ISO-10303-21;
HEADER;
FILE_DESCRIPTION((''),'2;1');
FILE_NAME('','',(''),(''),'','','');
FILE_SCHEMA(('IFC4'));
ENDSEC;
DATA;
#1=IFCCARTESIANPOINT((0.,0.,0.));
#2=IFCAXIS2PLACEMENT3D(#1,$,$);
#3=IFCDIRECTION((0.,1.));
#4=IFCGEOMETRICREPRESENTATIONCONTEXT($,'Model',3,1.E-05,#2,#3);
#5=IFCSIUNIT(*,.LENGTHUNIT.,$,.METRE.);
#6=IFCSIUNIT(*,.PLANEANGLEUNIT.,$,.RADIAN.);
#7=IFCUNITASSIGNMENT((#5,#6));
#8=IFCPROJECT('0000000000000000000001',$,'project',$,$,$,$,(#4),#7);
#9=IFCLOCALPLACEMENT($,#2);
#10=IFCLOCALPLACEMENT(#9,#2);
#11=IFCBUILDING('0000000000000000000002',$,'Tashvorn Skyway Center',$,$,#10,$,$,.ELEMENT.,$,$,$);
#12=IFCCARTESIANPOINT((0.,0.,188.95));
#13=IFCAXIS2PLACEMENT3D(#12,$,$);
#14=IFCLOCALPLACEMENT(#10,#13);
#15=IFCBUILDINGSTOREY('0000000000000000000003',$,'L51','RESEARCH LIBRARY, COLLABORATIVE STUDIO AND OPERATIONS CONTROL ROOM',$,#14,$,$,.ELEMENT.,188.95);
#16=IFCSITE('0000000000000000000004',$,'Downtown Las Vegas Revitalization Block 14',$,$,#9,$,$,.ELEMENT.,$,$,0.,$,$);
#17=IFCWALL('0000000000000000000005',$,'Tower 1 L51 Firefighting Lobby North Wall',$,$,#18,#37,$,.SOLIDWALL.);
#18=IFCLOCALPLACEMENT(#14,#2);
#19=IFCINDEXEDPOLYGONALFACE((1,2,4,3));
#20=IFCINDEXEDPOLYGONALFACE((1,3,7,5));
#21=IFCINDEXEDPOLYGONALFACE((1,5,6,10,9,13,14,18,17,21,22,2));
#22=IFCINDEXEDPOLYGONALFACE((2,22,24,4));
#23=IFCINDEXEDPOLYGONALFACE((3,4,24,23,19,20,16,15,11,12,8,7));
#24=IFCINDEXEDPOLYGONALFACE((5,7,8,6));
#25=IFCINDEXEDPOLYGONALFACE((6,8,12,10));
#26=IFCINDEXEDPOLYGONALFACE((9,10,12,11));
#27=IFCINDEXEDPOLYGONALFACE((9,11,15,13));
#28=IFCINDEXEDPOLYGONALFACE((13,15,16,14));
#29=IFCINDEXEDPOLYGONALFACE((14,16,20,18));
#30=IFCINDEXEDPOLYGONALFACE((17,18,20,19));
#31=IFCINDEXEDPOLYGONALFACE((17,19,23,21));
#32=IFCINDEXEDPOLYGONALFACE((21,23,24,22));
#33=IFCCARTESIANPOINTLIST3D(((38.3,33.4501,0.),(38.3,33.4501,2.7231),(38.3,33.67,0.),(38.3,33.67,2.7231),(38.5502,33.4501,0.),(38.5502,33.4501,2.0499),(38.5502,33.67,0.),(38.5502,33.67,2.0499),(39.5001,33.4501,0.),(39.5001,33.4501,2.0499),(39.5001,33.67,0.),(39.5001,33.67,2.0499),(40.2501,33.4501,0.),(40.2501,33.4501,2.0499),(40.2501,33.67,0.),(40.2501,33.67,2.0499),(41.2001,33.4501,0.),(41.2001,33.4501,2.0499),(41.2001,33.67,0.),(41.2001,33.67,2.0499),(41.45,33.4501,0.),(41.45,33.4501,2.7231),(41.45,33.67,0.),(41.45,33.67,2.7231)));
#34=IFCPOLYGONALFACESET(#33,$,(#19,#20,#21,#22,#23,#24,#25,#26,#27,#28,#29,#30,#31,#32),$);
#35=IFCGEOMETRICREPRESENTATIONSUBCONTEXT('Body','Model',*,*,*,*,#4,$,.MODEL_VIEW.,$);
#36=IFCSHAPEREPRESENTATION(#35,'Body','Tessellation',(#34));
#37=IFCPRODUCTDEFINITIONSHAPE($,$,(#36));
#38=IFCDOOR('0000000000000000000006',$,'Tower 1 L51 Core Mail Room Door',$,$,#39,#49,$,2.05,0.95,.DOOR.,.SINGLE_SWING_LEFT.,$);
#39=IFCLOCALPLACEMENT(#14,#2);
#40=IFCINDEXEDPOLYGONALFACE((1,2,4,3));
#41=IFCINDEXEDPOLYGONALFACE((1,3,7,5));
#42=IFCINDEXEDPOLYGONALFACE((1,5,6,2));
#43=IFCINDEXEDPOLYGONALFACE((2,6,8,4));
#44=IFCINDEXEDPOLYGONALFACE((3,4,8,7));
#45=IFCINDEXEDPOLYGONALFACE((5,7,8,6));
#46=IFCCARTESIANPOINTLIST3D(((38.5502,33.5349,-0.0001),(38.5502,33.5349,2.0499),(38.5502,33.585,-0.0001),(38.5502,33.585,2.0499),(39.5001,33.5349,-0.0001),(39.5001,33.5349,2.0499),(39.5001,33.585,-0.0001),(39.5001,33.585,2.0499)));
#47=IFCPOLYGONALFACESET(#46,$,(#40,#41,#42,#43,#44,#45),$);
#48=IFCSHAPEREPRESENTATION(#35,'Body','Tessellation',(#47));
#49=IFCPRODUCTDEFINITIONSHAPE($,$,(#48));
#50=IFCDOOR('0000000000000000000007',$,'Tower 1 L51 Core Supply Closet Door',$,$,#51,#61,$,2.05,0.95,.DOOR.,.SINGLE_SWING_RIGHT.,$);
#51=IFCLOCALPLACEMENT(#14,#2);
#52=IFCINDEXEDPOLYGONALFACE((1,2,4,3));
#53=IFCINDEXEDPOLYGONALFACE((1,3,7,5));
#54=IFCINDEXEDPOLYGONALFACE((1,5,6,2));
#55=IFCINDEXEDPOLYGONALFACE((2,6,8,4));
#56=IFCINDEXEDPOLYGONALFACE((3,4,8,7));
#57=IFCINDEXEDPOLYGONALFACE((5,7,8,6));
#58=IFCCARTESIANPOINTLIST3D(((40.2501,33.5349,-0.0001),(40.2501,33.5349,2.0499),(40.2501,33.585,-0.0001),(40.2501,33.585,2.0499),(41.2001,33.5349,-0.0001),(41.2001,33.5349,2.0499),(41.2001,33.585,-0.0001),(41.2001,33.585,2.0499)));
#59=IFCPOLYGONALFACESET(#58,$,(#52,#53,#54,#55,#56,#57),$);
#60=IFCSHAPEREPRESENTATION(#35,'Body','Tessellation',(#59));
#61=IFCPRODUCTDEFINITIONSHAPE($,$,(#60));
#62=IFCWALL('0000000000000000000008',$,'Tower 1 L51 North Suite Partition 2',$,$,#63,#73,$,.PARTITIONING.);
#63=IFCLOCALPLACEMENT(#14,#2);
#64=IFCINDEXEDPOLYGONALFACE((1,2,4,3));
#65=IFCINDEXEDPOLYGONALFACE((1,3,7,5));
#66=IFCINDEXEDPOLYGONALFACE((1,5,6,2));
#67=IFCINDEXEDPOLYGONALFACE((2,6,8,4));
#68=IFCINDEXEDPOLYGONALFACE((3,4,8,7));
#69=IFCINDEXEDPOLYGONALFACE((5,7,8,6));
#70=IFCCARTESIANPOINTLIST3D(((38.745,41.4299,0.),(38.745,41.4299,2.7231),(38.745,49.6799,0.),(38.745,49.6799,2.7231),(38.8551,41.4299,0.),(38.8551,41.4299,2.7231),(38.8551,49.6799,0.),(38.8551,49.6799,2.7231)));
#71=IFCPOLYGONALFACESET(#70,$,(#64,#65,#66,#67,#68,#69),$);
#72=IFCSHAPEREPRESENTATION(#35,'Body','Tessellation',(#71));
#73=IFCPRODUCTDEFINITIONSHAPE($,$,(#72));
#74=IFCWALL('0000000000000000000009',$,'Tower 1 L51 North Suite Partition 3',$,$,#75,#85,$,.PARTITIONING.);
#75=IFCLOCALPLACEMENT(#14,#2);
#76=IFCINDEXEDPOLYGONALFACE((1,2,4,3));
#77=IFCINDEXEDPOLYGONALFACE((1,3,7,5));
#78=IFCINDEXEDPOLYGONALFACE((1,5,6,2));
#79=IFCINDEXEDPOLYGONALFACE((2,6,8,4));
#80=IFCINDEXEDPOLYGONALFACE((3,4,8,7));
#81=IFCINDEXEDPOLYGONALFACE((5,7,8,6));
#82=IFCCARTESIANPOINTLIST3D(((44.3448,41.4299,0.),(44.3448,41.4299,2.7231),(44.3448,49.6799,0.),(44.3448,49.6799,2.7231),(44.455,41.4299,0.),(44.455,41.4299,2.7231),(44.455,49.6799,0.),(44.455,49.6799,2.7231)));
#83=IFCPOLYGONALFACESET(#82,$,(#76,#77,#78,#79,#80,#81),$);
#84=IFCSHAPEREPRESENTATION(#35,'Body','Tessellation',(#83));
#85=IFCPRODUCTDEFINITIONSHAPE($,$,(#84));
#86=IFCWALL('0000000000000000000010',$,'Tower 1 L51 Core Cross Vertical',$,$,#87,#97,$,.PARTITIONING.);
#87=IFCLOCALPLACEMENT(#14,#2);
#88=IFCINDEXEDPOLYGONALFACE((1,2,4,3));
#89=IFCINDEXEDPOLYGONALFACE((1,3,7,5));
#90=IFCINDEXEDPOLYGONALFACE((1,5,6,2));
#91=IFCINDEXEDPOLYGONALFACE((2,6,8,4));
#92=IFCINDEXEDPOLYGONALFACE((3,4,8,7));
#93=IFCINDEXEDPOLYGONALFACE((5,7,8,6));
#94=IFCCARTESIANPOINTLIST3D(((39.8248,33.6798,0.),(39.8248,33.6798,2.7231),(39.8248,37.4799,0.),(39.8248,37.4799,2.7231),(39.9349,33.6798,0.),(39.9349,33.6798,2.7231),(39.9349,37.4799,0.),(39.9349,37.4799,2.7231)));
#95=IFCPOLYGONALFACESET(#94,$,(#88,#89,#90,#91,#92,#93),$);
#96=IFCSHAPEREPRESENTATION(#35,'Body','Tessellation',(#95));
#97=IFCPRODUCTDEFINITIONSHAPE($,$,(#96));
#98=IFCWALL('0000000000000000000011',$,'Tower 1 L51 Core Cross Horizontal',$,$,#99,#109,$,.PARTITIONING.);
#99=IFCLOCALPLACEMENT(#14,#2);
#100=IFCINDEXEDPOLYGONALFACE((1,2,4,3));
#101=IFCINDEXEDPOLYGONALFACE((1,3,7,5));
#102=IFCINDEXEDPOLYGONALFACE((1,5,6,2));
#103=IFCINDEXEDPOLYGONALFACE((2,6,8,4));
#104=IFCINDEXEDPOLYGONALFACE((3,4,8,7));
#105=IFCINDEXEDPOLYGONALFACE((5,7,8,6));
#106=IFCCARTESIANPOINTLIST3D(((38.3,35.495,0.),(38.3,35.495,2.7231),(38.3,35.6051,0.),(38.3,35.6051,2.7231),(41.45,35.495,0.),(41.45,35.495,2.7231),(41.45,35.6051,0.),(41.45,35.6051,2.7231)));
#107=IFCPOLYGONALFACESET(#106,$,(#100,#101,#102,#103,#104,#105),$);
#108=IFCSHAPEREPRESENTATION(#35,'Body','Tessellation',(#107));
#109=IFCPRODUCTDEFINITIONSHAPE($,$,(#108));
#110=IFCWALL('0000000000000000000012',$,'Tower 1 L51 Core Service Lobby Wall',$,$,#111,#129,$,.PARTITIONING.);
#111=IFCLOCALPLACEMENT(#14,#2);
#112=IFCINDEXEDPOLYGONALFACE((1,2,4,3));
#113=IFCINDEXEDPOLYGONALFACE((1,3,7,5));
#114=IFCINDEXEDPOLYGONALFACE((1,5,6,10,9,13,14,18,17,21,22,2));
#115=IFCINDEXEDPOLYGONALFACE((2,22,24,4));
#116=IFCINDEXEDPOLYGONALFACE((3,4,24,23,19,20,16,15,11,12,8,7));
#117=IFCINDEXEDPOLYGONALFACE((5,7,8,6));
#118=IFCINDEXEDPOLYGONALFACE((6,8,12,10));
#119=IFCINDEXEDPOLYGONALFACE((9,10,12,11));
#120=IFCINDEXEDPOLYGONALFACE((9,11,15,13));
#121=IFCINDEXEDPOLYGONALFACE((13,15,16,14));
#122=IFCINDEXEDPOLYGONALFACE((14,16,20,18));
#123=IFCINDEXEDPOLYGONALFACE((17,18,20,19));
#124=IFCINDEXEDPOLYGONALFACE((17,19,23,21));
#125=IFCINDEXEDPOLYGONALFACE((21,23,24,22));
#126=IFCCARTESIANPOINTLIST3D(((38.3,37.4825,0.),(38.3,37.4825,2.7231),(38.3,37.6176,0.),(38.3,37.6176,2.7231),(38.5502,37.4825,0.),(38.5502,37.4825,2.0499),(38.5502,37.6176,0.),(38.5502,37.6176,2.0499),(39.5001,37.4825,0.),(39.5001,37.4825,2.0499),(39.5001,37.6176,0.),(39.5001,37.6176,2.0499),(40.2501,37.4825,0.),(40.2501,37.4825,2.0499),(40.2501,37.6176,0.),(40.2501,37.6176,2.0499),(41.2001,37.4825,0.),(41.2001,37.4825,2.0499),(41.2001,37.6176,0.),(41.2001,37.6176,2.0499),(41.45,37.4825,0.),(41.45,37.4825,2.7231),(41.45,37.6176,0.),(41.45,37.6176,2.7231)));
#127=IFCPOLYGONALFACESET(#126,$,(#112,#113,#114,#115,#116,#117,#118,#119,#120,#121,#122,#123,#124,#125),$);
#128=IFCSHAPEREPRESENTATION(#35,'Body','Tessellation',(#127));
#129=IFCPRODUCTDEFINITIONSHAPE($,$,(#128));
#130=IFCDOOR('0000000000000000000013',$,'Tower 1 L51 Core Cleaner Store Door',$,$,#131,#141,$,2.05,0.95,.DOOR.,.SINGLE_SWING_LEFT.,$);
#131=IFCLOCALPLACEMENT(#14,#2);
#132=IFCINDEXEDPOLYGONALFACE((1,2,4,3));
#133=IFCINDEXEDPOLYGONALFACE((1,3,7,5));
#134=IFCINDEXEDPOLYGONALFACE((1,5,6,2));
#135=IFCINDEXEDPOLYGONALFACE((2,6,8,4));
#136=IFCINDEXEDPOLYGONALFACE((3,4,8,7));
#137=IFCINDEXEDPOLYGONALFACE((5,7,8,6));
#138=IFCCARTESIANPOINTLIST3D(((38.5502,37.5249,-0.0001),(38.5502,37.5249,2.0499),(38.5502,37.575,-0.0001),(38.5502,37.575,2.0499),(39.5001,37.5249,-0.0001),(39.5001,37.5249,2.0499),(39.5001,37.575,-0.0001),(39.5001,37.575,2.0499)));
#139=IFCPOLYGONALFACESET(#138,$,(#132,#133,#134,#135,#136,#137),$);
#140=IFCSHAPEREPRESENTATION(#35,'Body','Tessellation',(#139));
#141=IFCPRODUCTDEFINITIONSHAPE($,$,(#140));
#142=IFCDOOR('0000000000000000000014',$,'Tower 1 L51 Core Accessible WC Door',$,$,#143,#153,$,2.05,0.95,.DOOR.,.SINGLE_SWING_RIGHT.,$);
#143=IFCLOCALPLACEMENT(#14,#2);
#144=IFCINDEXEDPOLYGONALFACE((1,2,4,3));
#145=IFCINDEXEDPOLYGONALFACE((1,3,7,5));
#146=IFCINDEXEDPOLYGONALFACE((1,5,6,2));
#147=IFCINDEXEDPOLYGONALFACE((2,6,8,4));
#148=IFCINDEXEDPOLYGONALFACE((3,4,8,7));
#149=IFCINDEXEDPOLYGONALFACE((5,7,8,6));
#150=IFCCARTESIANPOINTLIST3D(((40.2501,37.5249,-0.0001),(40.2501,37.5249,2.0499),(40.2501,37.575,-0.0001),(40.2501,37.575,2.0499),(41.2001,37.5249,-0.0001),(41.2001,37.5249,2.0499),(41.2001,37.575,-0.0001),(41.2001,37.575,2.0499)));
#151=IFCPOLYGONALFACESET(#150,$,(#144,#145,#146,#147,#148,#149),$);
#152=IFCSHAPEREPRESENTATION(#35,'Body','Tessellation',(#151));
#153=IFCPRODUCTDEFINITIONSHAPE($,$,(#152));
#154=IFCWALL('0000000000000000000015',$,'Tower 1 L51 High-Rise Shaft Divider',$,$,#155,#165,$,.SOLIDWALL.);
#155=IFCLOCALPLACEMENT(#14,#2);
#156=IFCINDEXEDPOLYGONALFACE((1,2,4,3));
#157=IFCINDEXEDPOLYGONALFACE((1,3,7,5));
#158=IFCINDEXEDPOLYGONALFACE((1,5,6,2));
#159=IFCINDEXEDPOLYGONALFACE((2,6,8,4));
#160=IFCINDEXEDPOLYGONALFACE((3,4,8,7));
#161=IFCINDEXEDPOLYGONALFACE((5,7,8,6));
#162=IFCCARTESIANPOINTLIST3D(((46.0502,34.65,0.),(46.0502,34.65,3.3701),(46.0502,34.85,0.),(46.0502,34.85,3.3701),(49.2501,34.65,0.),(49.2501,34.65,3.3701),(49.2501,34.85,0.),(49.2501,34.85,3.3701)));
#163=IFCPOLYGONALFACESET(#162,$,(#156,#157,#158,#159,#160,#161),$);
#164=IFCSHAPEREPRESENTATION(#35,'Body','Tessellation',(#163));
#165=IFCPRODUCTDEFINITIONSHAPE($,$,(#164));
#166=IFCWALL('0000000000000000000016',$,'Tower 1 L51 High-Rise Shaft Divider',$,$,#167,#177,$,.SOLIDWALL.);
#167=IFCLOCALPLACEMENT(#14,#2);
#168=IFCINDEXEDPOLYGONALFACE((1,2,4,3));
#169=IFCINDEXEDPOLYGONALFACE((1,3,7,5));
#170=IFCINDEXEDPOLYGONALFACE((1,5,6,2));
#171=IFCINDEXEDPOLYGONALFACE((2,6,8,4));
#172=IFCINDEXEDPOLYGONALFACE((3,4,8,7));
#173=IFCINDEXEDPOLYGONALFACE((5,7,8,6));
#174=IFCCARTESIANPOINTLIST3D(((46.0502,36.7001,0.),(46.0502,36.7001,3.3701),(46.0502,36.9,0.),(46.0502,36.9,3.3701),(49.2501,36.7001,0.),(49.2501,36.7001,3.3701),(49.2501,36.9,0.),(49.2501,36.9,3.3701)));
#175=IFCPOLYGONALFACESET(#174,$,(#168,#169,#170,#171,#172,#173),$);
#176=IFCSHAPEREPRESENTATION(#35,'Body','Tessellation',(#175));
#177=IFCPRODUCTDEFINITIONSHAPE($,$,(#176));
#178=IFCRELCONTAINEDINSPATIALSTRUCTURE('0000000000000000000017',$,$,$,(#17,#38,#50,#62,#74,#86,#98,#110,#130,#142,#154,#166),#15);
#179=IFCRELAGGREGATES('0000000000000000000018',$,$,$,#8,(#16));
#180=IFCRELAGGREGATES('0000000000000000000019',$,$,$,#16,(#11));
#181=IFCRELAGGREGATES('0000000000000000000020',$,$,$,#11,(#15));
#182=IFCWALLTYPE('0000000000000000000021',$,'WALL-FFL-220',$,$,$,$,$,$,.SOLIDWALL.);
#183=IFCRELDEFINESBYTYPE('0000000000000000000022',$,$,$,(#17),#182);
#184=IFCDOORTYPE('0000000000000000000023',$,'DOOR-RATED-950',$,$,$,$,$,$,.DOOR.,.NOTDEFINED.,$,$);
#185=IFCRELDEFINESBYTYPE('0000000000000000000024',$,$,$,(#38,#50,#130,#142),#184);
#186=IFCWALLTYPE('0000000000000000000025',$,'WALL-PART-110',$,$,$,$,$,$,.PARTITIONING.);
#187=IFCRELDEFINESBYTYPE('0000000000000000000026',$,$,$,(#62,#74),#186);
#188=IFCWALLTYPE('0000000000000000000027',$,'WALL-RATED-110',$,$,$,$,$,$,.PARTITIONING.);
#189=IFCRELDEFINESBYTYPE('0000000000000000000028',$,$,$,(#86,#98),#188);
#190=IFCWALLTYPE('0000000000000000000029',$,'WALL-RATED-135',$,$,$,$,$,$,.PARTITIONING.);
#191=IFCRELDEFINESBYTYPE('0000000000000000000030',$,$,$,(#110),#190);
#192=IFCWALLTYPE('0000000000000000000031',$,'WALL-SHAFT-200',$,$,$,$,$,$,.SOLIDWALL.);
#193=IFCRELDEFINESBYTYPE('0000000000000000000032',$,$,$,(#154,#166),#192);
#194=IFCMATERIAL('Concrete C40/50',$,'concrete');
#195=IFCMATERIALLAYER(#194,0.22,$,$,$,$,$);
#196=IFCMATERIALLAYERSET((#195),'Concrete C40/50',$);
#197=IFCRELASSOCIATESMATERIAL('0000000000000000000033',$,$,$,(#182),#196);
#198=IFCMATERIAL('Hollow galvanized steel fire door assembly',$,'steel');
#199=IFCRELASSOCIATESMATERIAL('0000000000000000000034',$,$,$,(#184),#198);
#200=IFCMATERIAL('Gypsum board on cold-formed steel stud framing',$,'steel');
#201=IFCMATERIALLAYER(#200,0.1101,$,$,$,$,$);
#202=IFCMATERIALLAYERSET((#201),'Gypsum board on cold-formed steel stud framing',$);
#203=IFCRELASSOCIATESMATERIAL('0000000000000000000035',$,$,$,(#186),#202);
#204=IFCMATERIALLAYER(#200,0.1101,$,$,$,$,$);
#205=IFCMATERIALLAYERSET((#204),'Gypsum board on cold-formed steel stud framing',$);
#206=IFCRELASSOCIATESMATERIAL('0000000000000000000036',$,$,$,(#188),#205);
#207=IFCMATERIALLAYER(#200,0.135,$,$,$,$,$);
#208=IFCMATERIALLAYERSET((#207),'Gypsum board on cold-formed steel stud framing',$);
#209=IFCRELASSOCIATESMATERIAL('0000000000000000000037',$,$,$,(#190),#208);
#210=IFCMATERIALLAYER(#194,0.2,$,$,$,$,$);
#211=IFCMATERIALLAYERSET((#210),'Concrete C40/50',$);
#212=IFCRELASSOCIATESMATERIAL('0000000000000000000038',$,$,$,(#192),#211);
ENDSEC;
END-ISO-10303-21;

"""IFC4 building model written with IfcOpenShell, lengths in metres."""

from ifc_helpers import new_model, si_unit, direction, frame, frame_2d, origin, place, context, subcontext, project, spatial, rectangle, extrude, material, layer, layer_set, type_object, element, fill, save


model = new_model("IFC4")

# Units and contexts
model_context = context("Model", 3, precision=1e-05, world=origin(), true_north=direction((0.0, 1.0)))
body_context = subcontext(model_context, "Body", "Model", "MODEL_VIEW")
ifc_project = project(units=[si_unit("LENGTHUNIT", "METRE"), si_unit("PLANEANGLEUNIT", "RADIAN")], contexts=[model_context])

# Site, building, storey
site_placement = place(None, origin())
site = spatial("IfcSite", under=ifc_project, at=site_placement, Name="Downtown Las Vegas Revitalization Block 14", CompositionType="ELEMENT", RefElevation=0.0)
building_placement = place(site_placement, origin())
building = spatial("IfcBuilding", under=site, at=building_placement, Name="Tashvorn Skyway Center", CompositionType="ELEMENT")
storey_placement = place(building_placement, frame((0.0, 0.0, 188.95)))
storey = spatial("IfcBuildingStorey", under=building, at=storey_placement, Name="L51", Description="RESEARCH LIBRARY, COLLABORATIVE STUDIO AND OPERATIONS CONTROL ROOM", CompositionType="ELEMENT", Elevation=188.95)

# Wall, openings, doors
ifc_material_1 = material(Name="Concrete C40/50", Category="concrete")
ifc_layer_1 = layer(ifc_material_1, 0.22)
ifc_layer_set_1 = layer_set([ifc_layer_1], Name="Concrete C40/50")
wall_type_1 = type_object("IfcWallType", Name="WALL-FFL-220", PredefinedType="SOLIDWALL", material=ifc_layer_set_1)
wall_1_placement = place(storey_placement, frame((38.3, 33.5601, 0.0), z_axis=(0.0, 0.0, 1.0), x_axis=(1.0, 0.0, 0.0)))
wall_1 = element("IfcWall", 1, at=wall_1_placement, inside=storey, type_object=wall_type_1, Name="Tower 1 L51 Firefighting Lobby North Wall", PredefinedType="SOLIDWALL", context=body_context, shape_type="SweptSolid", body=[
    extrude(rectangle(XDim=3.1499, YDim=0.22, at=frame_2d((1.575, 0.0))), origin(), (0.0, 0.0, 1.0), 2.7231),
])
opening_1_placement = place(wall_1_placement, frame((0.25, 0.0, 0.0)))
opening_1 = element("IfcOpeningElement", 2, at=opening_1_placement, cuts=wall_1, PredefinedType="OPENING", context=body_context, shape_type="SweptSolid", body=[
    extrude(rectangle(XDim=0.95, YDim=2.05, at=frame_2d((0.4751, 1.0249))), frame((0.0, 0.1199, 0.0), z_axis=(0.0, -1.0, 0.0), x_axis=(1.0, 0.0, 0.0)), (0.0, 0.0, 1.0), 0.24),
])
opening_2_placement = place(wall_1_placement, frame((1.95, 0.0, 0.0)))
opening_2 = element("IfcOpeningElement", 3, at=opening_2_placement, cuts=wall_1, PredefinedType="OPENING", context=body_context, shape_type="SweptSolid", body=[
    extrude(rectangle(XDim=0.95, YDim=2.05, at=frame_2d((0.4751, 1.0249))), frame((0.0, 0.1199, 0.0), z_axis=(0.0, -1.0, 0.0), x_axis=(1.0, 0.0, 0.0)), (0.0, 0.0, 1.0), 0.24),
])
ifc_material_2 = material(Name="Hollow galvanized steel fire door assembly", Category="steel")
door_type_1 = type_object("IfcDoorType", Name="DOOR-RATED-950", OperationType="NOTDEFINED", PredefinedType="DOOR", material=ifc_material_2)
door_1_placement = place(opening_1_placement, origin())
door_1 = element("IfcDoor", 4, at=door_1_placement, inside=storey, type_object=door_type_1, Name="Tower 1 L51 Core Mail Room Door", OperationType="SINGLE_SWING_LEFT", OverallHeight=2.05, OverallWidth=0.95, PredefinedType="DOOR", context=body_context, shape_type="SweptSolid", body=[
    extrude(rectangle(XDim=0.95, YDim=2.05, at=frame_2d((0.4751, 1.0249))), frame((0.0, 0.0249, 0.0), z_axis=(0.0, -1.0, 0.0), x_axis=(1.0, 0.0, 0.0)), (0.0, 0.0, 1.0), 0.05),
])
fill(opening_1, door_1)
door_2_placement = place(opening_2_placement, origin())
door_2 = element("IfcDoor", 5, at=door_2_placement, inside=storey, type_object=door_type_1, Name="Tower 1 L51 Core Supply Closet Door", OperationType="SINGLE_SWING_RIGHT", OverallHeight=2.05, OverallWidth=0.95, PredefinedType="DOOR", context=body_context, shape_type="SweptSolid", body=[
    extrude(rectangle(XDim=0.95, YDim=2.05, at=frame_2d((0.4751, 1.0249))), frame((0.0, 0.0249, 0.0), z_axis=(0.0, -1.0, 0.0), x_axis=(1.0, 0.0, 0.0)), (0.0, 0.0, 1.0), 0.05),
])
fill(opening_2, door_2)

# Walls
ifc_material_3 = material(Name="Gypsum board on cold-formed steel stud framing", Category="steel")
ifc_layer_2 = layer(ifc_material_3, 0.1101)
ifc_layer_set_2 = layer_set([ifc_layer_2], Name="Gypsum board on cold-formed steel stud framing")
wall_type_2 = type_object("IfcWallType", Name="WALL-PART-110", PredefinedType="PARTITIONING", material=ifc_layer_set_2)
for number, where, z_axis, x_axis, name in (
    (6, (38.8, 41.4299, 0.0), (0.0, 0.0, 1.0), (0.0, 1.0, 0.0), "Tower 1 L51 North Suite Partition 2"),
    (7, (44.3999, 41.4299, 0.0), (0.0, 0.0, 1.0), (0.0, 1.0, 0.0), "Tower 1 L51 North Suite Partition 3"),
):
    element("IfcWall", number, at=place(storey_placement, frame(where, z_axis=z_axis, x_axis=x_axis)), inside=storey, type_object=wall_type_2, Name=name, PredefinedType="PARTITIONING", context=body_context, shape_type="SweptSolid", body=[
        extrude(rectangle(XDim=8.25, YDim=0.1101, at=frame_2d((4.125, 0.0))), origin(), (0.0, 0.0, 1.0), 2.7231),
    ])
ifc_layer_3 = layer(ifc_material_3, 0.1101)
ifc_layer_set_3 = layer_set([ifc_layer_3], Name="Gypsum board on cold-formed steel stud framing")
wall_type_3 = type_object("IfcWallType", Name="WALL-RATED-110", PredefinedType="PARTITIONING", material=ifc_layer_set_3)
wall_2_placement = place(storey_placement, frame((39.8799, 33.6799, 0.0), z_axis=(0.0, 0.0, 1.0), x_axis=(0.0, 1.0, 0.0)))
element("IfcWall", 8, at=wall_2_placement, inside=storey, type_object=wall_type_3, Name="Tower 1 L51 Core Cross Vertical", PredefinedType="PARTITIONING", context=body_context, shape_type="SweptSolid", body=[
    extrude(rectangle(XDim=3.8, YDim=0.1101, at=frame_2d((1.8999, 0.0))), origin(), (0.0, 0.0, 1.0), 2.7231),
])
wall_3_placement = place(storey_placement, frame((38.3, 35.55, 0.0), z_axis=(0.0, 0.0, 1.0), x_axis=(1.0, 0.0, 0.0)))
element("IfcWall", 9, at=wall_3_placement, inside=storey, type_object=wall_type_3, Name="Tower 1 L51 Core Cross Horizontal", PredefinedType="PARTITIONING", context=body_context, shape_type="SweptSolid", body=[
    extrude(rectangle(XDim=3.1499, YDim=0.1101, at=frame_2d((1.575, 0.0))), origin(), (0.0, 0.0, 1.0), 2.7231),
])

# Wall, openings, doors
ifc_layer_4 = layer(ifc_material_3, 0.135)
ifc_layer_set_4 = layer_set([ifc_layer_4], Name="Gypsum board on cold-formed steel stud framing")
wall_type_4 = type_object("IfcWallType", Name="WALL-RATED-135", PredefinedType="PARTITIONING", material=ifc_layer_set_4)
wall_4_placement = place(storey_placement, frame((38.3, 37.55, 0.0), z_axis=(0.0, 0.0, 1.0), x_axis=(1.0, 0.0, 0.0)))
wall_4 = element("IfcWall", 10, at=wall_4_placement, inside=storey, type_object=wall_type_4, Name="Tower 1 L51 Core Service Lobby Wall", PredefinedType="PARTITIONING", context=body_context, shape_type="SweptSolid", body=[
    extrude(rectangle(XDim=3.1499, YDim=0.135, at=frame_2d((1.575, 0.0))), origin(), (0.0, 0.0, 1.0), 2.7231),
])
opening_3_placement = place(wall_4_placement, frame((0.25, 0.0, 0.0)))
opening_3 = element("IfcOpeningElement", 11, at=opening_3_placement, cuts=wall_4, PredefinedType="OPENING", context=body_context, shape_type="SweptSolid", body=[
    extrude(rectangle(XDim=0.95, YDim=2.05, at=frame_2d((0.4751, 1.0249))), frame((0.0, 0.0774, 0.0), z_axis=(0.0, -1.0, 0.0), x_axis=(1.0, 0.0, 0.0)), (0.0, 0.0, 1.0), 0.155),
])
opening_4_placement = place(wall_4_placement, frame((1.95, 0.0, 0.0)))
opening_4 = element("IfcOpeningElement", 12, at=opening_4_placement, cuts=wall_4, PredefinedType="OPENING", context=body_context, shape_type="SweptSolid", body=[
    extrude(rectangle(XDim=0.95, YDim=2.05, at=frame_2d((0.4751, 1.0249))), frame((0.0, 0.0774, 0.0), z_axis=(0.0, -1.0, 0.0), x_axis=(1.0, 0.0, 0.0)), (0.0, 0.0, 1.0), 0.155),
])
door_3_placement = place(opening_3_placement, origin())
door_3 = element("IfcDoor", 13, at=door_3_placement, inside=storey, type_object=door_type_1, Name="Tower 1 L51 Core Cleaner Store Door", OperationType="SINGLE_SWING_LEFT", OverallHeight=2.05, OverallWidth=0.95, PredefinedType="DOOR", context=body_context, shape_type="SweptSolid", body=[
    extrude(rectangle(XDim=0.95, YDim=2.05, at=frame_2d((0.4751, 1.0249))), frame((0.0, 0.0249, 0.0), z_axis=(0.0, -1.0, 0.0), x_axis=(1.0, 0.0, 0.0)), (0.0, 0.0, 1.0), 0.05),
])
fill(opening_3, door_3)
door_4_placement = place(opening_4_placement, origin())
door_4 = element("IfcDoor", 14, at=door_4_placement, inside=storey, type_object=door_type_1, Name="Tower 1 L51 Core Accessible WC Door", OperationType="SINGLE_SWING_RIGHT", OverallHeight=2.05, OverallWidth=0.95, PredefinedType="DOOR", context=body_context, shape_type="SweptSolid", body=[
    extrude(rectangle(XDim=0.95, YDim=2.05, at=frame_2d((0.4751, 1.0249))), frame((0.0, 0.0249, 0.0), z_axis=(0.0, -1.0, 0.0), x_axis=(1.0, 0.0, 0.0)), (0.0, 0.0, 1.0), 0.05),
])
fill(opening_4, door_4)

# Walls
ifc_layer_5 = layer(ifc_material_1, 0.2)
ifc_layer_set_5 = layer_set([ifc_layer_5], Name="Concrete C40/50")
wall_type_5 = type_object("IfcWallType", Name="WALL-SHAFT-200", PredefinedType="SOLIDWALL", material=ifc_layer_set_5)
for number, where, z_axis, x_axis, name in (
    (15, (46.05, 34.75, 0.0), (0.0, 0.0, 1.0), (1.0, 0.0, 0.0), "Tower 1 L51 High-Rise Shaft Divider"),
    (16, (46.05, 36.8, 0.0), (0.0, 0.0, 1.0), (1.0, 0.0, 0.0), "Tower 1 L51 High-Rise Shaft Divider"),
):
    element("IfcWall", number, at=place(storey_placement, frame(where, z_axis=z_axis, x_axis=x_axis)), inside=storey, type_object=wall_type_5, Name=name, PredefinedType="SOLIDWALL", context=body_context, shape_type="SweptSolid", body=[
        extrude(rectangle(XDim=3.2, YDim=0.2, at=frame_2d((1.6001, 0.0))), origin(), (0.0, 0.0, 1.0), 3.3701),
    ])

save(model, "model.ifc")
